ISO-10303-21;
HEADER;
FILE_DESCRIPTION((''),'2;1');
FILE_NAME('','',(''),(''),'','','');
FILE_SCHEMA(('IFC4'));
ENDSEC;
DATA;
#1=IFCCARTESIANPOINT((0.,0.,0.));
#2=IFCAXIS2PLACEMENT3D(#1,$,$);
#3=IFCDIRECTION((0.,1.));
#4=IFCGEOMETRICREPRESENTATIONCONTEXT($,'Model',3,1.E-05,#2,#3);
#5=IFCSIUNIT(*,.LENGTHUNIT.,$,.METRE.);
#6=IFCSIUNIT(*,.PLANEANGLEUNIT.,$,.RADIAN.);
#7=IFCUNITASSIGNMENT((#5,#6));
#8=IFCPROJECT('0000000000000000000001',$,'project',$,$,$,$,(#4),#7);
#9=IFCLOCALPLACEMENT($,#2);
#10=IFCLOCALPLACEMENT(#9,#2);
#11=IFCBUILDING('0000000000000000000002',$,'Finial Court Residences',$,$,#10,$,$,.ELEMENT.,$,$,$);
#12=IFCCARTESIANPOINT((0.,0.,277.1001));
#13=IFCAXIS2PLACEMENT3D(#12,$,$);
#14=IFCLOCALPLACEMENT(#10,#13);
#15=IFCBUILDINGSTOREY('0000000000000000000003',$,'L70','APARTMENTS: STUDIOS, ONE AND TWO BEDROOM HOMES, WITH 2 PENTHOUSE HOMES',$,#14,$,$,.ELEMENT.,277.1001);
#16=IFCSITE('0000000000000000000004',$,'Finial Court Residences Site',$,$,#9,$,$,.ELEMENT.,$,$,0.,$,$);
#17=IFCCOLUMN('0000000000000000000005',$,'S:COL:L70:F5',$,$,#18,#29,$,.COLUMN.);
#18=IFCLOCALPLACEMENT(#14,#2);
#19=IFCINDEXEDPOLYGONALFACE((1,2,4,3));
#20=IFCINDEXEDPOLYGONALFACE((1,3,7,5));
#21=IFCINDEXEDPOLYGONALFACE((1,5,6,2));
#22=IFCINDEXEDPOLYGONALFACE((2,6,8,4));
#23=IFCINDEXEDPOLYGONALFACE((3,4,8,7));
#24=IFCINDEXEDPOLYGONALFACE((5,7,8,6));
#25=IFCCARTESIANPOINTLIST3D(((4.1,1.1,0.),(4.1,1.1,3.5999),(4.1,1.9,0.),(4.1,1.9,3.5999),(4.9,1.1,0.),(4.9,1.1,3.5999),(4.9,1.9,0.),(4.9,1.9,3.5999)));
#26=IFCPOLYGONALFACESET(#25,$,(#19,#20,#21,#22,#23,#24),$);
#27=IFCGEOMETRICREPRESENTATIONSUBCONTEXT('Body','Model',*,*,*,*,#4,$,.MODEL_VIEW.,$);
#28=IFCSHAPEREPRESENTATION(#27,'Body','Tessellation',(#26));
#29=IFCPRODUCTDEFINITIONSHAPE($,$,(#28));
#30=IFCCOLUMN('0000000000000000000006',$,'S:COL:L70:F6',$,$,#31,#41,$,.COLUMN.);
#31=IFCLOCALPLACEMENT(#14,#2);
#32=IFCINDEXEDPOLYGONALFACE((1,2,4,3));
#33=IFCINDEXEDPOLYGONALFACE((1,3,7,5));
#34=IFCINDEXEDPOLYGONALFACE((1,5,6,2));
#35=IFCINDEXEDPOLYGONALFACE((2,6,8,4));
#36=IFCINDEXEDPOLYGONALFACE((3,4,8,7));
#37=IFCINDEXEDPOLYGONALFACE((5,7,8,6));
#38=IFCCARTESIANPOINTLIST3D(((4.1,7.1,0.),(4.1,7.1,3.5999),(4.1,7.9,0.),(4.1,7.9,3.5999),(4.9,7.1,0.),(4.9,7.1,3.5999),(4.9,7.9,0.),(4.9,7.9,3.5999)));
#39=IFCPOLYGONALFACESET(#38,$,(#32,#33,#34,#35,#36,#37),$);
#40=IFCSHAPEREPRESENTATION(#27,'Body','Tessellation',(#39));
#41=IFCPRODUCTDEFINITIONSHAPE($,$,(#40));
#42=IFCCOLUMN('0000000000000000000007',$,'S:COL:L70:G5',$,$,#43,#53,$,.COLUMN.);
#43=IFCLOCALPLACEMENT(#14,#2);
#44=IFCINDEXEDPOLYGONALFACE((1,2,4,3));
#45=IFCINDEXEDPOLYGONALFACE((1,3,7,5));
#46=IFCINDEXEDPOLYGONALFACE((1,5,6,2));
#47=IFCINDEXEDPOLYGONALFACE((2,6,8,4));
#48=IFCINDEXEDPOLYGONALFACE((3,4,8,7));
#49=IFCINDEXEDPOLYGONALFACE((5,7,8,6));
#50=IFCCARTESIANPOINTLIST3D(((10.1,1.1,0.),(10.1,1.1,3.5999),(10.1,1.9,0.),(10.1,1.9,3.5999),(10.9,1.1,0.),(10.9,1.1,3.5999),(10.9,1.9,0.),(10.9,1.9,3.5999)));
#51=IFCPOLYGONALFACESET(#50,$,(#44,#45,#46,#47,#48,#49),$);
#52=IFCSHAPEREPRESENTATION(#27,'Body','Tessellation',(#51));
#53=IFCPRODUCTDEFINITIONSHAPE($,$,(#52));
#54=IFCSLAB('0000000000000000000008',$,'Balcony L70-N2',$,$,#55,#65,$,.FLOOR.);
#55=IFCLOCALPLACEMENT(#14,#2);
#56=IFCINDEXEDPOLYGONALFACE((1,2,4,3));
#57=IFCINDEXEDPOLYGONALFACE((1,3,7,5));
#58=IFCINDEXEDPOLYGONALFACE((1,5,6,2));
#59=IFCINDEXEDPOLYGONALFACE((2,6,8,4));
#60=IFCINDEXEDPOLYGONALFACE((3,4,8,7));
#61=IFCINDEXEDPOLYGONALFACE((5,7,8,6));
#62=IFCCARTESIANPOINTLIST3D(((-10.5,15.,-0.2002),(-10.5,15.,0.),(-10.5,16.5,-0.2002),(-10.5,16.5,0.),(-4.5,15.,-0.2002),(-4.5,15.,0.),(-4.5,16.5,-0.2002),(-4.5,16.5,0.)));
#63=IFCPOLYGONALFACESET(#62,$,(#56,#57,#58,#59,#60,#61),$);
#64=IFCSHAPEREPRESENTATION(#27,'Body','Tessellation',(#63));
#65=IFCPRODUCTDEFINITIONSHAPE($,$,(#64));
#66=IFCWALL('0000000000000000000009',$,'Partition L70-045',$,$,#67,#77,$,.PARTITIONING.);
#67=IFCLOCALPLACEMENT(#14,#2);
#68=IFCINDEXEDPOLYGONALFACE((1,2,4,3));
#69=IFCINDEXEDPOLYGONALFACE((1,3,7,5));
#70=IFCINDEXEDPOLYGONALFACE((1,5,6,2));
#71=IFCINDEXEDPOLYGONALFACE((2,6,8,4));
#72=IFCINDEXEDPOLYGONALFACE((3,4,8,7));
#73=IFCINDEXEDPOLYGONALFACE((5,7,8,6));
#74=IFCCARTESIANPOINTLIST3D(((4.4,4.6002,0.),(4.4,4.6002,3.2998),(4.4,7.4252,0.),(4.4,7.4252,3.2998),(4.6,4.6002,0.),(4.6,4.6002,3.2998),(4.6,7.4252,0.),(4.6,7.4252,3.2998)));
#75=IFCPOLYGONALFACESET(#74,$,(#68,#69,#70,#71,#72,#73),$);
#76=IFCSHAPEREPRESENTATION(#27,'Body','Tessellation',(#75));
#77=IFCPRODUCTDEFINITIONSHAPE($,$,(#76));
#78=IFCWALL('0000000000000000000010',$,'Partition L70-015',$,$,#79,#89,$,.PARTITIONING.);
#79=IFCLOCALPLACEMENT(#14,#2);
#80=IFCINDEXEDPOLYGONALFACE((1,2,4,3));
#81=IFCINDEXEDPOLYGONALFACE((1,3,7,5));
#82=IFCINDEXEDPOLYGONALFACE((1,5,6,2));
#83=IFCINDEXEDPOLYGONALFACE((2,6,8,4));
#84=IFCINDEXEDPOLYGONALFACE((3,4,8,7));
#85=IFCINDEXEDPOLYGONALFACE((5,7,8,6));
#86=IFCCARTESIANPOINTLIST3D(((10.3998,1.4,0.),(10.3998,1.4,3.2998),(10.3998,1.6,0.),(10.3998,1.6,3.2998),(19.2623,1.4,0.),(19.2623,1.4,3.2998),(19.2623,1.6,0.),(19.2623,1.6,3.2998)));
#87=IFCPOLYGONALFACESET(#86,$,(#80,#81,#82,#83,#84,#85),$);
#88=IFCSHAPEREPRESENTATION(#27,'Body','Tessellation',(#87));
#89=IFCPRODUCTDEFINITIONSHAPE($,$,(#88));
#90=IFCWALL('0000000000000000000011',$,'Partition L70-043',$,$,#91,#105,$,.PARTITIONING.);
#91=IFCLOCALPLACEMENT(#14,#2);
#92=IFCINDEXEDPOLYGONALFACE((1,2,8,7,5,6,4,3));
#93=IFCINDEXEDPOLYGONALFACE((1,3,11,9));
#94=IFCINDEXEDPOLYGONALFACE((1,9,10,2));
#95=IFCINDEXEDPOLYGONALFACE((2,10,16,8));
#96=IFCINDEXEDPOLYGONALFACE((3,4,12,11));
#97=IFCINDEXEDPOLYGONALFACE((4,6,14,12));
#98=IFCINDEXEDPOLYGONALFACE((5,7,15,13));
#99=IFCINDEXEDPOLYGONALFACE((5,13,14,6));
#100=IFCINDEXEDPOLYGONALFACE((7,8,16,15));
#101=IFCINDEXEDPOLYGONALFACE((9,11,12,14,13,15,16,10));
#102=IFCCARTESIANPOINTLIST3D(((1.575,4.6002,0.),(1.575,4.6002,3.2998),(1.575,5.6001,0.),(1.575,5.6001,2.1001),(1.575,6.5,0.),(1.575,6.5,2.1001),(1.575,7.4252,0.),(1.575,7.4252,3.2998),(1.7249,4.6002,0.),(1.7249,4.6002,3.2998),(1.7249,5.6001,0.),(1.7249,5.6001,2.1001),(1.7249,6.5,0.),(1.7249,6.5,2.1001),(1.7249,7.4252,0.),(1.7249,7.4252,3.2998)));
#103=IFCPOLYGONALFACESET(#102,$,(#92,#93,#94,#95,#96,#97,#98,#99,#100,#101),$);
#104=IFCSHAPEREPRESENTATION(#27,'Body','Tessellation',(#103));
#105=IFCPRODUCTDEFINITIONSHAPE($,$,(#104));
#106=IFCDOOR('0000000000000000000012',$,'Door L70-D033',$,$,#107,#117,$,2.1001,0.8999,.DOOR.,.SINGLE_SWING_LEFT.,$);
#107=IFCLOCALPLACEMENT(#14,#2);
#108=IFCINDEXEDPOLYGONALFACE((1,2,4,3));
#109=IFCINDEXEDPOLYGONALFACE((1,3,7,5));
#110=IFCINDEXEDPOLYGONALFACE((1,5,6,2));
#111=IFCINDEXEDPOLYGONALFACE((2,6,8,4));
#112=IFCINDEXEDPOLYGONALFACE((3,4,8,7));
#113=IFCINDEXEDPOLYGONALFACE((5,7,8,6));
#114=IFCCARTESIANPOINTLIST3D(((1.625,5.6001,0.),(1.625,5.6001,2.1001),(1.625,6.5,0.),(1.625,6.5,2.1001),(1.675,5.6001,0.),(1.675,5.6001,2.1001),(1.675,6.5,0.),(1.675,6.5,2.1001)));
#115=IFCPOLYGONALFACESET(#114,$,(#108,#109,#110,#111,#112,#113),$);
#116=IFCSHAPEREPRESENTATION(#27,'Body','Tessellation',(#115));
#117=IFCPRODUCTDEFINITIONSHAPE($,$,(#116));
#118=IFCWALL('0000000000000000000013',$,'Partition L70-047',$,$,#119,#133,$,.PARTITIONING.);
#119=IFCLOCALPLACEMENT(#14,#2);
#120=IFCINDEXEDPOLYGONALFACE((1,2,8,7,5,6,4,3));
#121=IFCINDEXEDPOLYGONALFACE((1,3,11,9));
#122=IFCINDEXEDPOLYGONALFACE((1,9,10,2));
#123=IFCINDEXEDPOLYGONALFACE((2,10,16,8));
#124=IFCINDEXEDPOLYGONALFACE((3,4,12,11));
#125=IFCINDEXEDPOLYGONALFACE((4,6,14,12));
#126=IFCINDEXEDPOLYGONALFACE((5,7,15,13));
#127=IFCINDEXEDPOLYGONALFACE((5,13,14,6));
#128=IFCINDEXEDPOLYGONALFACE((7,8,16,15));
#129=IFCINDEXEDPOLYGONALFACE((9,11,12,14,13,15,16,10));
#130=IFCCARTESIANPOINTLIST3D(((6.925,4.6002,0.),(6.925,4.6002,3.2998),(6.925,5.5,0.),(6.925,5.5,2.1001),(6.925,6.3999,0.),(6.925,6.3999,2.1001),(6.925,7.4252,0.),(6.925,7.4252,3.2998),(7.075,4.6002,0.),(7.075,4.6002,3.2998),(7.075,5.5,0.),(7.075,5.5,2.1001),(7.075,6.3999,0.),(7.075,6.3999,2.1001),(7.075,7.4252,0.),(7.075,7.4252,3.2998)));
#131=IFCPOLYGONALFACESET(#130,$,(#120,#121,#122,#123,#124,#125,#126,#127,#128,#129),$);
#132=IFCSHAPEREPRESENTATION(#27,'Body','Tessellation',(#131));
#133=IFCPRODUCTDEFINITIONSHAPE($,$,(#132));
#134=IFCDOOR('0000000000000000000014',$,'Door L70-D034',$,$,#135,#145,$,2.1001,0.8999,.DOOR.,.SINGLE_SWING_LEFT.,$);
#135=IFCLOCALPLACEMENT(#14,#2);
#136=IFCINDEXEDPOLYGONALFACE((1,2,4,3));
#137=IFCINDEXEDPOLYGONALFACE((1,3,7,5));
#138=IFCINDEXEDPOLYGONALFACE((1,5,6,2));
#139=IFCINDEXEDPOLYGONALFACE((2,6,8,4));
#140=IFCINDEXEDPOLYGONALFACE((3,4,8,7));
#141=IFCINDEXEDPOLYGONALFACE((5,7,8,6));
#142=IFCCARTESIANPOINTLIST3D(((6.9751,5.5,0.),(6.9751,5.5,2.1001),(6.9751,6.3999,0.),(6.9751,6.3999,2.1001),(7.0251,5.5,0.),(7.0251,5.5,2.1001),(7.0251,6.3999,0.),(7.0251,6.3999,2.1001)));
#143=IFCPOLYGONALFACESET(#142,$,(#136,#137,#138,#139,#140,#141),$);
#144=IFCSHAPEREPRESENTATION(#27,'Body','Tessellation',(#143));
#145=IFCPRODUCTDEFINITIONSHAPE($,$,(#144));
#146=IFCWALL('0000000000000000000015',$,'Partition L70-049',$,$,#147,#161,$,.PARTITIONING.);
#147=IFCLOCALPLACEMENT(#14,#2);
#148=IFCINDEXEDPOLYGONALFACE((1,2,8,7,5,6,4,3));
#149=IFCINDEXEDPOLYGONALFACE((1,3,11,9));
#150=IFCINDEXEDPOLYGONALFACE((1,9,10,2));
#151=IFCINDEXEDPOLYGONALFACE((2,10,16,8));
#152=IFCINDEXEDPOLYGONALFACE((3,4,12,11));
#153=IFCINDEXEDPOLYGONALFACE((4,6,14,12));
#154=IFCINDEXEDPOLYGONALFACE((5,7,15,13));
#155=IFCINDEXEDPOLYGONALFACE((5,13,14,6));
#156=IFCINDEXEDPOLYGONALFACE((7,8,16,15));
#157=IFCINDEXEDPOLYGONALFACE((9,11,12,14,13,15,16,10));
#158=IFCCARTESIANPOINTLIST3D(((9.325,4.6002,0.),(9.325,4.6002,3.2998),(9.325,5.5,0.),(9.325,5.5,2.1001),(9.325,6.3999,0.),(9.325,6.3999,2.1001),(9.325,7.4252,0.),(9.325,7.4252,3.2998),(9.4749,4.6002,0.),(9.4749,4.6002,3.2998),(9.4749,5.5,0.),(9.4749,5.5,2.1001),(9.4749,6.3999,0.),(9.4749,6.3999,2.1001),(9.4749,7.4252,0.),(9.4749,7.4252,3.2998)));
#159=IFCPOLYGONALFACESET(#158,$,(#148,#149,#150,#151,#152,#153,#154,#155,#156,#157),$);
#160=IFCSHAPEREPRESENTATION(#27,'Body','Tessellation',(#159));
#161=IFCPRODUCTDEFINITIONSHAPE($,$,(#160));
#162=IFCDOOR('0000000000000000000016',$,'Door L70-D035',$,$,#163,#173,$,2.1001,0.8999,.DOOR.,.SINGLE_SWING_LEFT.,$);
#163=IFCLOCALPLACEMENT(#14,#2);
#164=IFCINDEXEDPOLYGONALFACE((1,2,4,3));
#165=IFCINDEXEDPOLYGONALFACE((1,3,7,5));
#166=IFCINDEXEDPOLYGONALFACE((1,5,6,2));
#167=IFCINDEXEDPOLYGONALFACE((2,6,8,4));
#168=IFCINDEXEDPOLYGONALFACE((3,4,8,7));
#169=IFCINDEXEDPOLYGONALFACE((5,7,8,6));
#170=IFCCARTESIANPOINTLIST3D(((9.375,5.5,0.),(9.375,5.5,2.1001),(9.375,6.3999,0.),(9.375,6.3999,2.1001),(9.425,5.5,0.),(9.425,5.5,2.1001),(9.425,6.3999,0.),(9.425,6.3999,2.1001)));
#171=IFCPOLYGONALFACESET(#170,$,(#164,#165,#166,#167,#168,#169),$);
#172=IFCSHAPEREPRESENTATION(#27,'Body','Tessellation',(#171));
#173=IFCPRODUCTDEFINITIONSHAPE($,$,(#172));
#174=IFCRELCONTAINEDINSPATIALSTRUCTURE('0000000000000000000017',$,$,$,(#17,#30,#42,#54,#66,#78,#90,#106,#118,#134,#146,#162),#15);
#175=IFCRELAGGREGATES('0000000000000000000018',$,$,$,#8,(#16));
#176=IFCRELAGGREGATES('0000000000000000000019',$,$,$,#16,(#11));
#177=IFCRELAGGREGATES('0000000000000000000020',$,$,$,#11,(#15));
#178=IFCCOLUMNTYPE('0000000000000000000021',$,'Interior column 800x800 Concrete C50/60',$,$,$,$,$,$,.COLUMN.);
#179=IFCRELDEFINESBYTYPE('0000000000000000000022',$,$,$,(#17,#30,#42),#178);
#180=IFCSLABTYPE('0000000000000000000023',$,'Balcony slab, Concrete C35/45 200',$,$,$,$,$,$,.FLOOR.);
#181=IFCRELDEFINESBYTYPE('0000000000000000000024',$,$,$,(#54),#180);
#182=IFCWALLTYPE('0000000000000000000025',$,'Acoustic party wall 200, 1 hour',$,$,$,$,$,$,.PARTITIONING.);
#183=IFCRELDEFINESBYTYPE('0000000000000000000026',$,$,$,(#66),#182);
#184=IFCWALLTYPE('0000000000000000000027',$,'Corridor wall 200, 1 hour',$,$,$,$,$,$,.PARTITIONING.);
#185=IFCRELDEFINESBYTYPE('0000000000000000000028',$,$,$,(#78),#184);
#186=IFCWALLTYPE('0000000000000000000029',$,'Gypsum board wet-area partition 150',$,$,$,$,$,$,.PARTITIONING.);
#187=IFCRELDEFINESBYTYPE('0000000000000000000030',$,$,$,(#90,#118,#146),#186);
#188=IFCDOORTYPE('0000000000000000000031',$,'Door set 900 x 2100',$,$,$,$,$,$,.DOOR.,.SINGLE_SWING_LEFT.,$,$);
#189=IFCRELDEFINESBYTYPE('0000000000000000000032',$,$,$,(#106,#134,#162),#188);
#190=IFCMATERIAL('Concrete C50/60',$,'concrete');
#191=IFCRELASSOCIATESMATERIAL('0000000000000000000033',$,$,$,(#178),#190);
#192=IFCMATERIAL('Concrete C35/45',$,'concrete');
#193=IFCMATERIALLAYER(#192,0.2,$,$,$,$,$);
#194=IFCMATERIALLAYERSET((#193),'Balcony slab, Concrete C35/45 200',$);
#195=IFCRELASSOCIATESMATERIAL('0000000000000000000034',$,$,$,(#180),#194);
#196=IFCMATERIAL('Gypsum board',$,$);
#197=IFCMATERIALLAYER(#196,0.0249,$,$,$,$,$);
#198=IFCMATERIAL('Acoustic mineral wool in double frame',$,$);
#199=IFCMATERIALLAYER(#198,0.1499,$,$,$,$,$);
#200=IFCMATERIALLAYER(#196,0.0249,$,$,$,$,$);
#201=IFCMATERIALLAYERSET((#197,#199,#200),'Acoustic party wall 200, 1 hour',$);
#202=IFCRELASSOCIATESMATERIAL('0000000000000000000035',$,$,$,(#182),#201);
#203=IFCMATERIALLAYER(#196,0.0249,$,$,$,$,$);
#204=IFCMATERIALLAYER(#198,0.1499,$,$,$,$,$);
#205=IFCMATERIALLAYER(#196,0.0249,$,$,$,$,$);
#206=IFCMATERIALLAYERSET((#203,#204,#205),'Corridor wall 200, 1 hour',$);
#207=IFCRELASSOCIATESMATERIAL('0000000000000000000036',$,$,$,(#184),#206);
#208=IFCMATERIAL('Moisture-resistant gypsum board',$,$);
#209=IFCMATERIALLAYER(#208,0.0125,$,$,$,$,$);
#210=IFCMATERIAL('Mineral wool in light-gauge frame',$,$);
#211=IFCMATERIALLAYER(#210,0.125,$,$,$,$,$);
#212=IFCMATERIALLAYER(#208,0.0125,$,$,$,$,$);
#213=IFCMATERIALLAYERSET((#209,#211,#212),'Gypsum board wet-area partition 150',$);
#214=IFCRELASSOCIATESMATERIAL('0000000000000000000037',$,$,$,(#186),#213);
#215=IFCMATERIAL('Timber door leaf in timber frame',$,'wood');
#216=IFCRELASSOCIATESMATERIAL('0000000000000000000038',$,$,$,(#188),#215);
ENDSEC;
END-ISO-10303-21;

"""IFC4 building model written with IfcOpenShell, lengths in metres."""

from ifc_helpers import new_model, si_unit, direction, frame, frame_2d, origin, origin_2d, place, context, subcontext, project, spatial, polyline, rectangle, outline, extrude, material, layer, layer_set, material_profile, profile_set, type_object, element, fill, save


model = new_model("IFC4")

# Units and contexts
model_context = context("Model", 3, precision=1e-05, world=origin(), true_north=direction((0.0, 1.0)))
body_context = subcontext(model_context, "Body", "Model", "MODEL_VIEW")
ifc_project = project(units=[si_unit("LENGTHUNIT", "METRE"), si_unit("PLANEANGLEUNIT", "RADIAN")], contexts=[model_context])

# Site, building, storey
site_placement = place(None, origin())
site = spatial("IfcSite", under=ifc_project, at=site_placement, Name="Finial Court Residences Site", CompositionType="ELEMENT", RefElevation=0.0)
building_placement = place(site_placement, origin())
building = spatial("IfcBuilding", under=site, at=building_placement, Name="Finial Court Residences", CompositionType="ELEMENT")
storey_placement = place(building_placement, frame((0.0, 0.0, 277.1001)))
storey = spatial("IfcBuildingStorey", under=building, at=storey_placement, Name="L70", Description="APARTMENTS: STUDIOS, ONE AND TWO BEDROOM HOMES, WITH 2 PENTHOUSE HOMES", CompositionType="ELEMENT", Elevation=277.1001)

# Columns
ifc_material_1 = material(Name="Concrete C50/60", Category="concrete")
ifc_material_profile = material_profile(ifc_material_1, rectangle(XDim=0.8, YDim=0.8, at=origin_2d()), Name="800x800")
ifc_profile_set = profile_set([ifc_material_profile], Name="Concrete C50/60")
column_type = type_object("IfcColumnType", Name="Interior column 800x800 Concrete C50/60", PredefinedType="COLUMN", material=ifc_profile_set)
for number, where, z_axis, x_axis, name in (
    (1, (4.5, 1.5, 0.0), (0.0, 0.0, 1.0), (1.0, 0.0, 0.0), "S:COL:L70:F5"),
    (2, (4.5, 7.5, 0.0), (0.0, 0.0, 1.0), (1.0, 0.0, 0.0), "S:COL:L70:F6"),
    (3, (10.5, 1.5, 0.0), (0.0, 0.0, 1.0), (1.0, 0.0, 0.0), "S:COL:L70:G5"),
):
    element("IfcColumn", number, at=place(storey_placement, frame(where, z_axis=z_axis, x_axis=x_axis)), inside=storey, type_object=column_type, Name=name, PredefinedType="COLUMN", context=body_context, shape_type="SweptSolid", body=[
        extrude(rectangle(XDim=0.8, YDim=0.8, at=origin_2d()), origin(), (0.0, 0.0, 1.0), 3.5999),
    ])

# Slab
ifc_material_2 = material(Name="Concrete C35/45", Category="concrete")
ifc_layer_1 = layer(ifc_material_2, 0.2)
ifc_layer_set_1 = layer_set([ifc_layer_1], Name="Balcony slab, Concrete C35/45 200")
slab_type = type_object("IfcSlabType", Name="Balcony slab, Concrete C35/45 200", PredefinedType="FLOOR", material=ifc_layer_set_1)
slab_placement = place(storey_placement, frame((0.0, 0.0, -0.2002)))
element("IfcSlab", 4, at=slab_placement, inside=storey, type_object=slab_type, Name="Balcony L70-N2", PredefinedType="FLOOR", context=body_context, shape_type="SweptSolid", body=[
    extrude(outline(polyline([(-4.5, 15.0), (-4.5, 16.5), (-10.5, 16.5), (-10.5, 15.0), (-4.5, 15.0)])), origin(), (0.0, 0.0, 1.0), 0.2002),
])

# Walls
ifc_material_3 = material(Name="Gypsum board")
ifc_layer_2 = layer(ifc_material_3, 0.0249)
ifc_material_4 = material(Name="Acoustic mineral wool in double frame")
ifc_layer_3 = layer(ifc_material_4, 0.1499)
ifc_layer_4 = layer(ifc_material_3, 0.0249)
ifc_layer_set_2 = layer_set([ifc_layer_2, ifc_layer_3, ifc_layer_4], Name="Acoustic party wall 200, 1 hour")
wall_type_1 = type_object("IfcWallType", Name="Acoustic party wall 200, 1 hour", PredefinedType="PARTITIONING", material=ifc_layer_set_2)
wall_1_placement = place(storey_placement, frame((4.5, 4.6001, 0.0), z_axis=(0.0, 0.0, 1.0), x_axis=(0.0, 1.0, 0.0)))
element("IfcWall", 5, at=wall_1_placement, inside=storey, type_object=wall_type_1, Name="Partition L70-045", PredefinedType="PARTITIONING", context=body_context, shape_type="SweptSolid", body=[
    extrude(rectangle(XDim=2.825, YDim=0.2, at=frame_2d((1.4126, 0.0))), origin(), (0.0, 0.0, 1.0), 3.2998),
])
ifc_layer_5 = layer(ifc_material_3, 0.0249)
ifc_layer_6 = layer(ifc_material_4, 0.1499)
ifc_layer_7 = layer(ifc_material_3, 0.0249)
ifc_layer_set_3 = layer_set([ifc_layer_5, ifc_layer_6, ifc_layer_7], Name="Corridor wall 200, 1 hour")
wall_type_2 = type_object("IfcWallType", Name="Corridor wall 200, 1 hour", PredefinedType="PARTITIONING", material=ifc_layer_set_3)
wall_2_placement = place(storey_placement, frame((10.3999, 1.5, 0.0), z_axis=(0.0, 0.0, 1.0), x_axis=(1.0, 0.0, 0.0)))
element("IfcWall", 6, at=wall_2_placement, inside=storey, type_object=wall_type_2, Name="Partition L70-015", PredefinedType="PARTITIONING", context=body_context, shape_type="SweptSolid", body=[
    extrude(rectangle(XDim=8.8625, YDim=0.2, at=frame_2d((4.4312, 0.0))), origin(), (0.0, 0.0, 1.0), 3.2998),
])

# Walls, openings, doors
ifc_material_5 = material(Name="Moisture-resistant gypsum board")
ifc_layer_8 = layer(ifc_material_5, 0.0125)
ifc_material_6 = material(Name="Mineral wool in light-gauge frame")
ifc_layer_9 = layer(ifc_material_6, 0.125)
ifc_layer_10 = layer(ifc_material_5, 0.0125)
ifc_layer_set_4 = layer_set([ifc_layer_8, ifc_layer_9, ifc_layer_10], Name="Gypsum board wet-area partition 150")
wall_type_3 = type_object("IfcWallType", Name="Gypsum board wet-area partition 150", PredefinedType="PARTITIONING", material=ifc_layer_set_4)
wall_3_placement = place(storey_placement, frame((1.6499, 4.6001, 0.0), z_axis=(0.0, 0.0, 1.0), x_axis=(0.0, 1.0, 0.0)))
wall_3 = element("IfcWall", 7, at=wall_3_placement, inside=storey, type_object=wall_type_3, Name="Partition L70-043", PredefinedType="PARTITIONING", context=body_context, shape_type="SweptSolid", body=[
    extrude(rectangle(XDim=2.825, YDim=0.1499, at=frame_2d((1.4126, 0.0))), origin(), (0.0, 0.0, 1.0), 3.2998),
])
opening_1_placement = place(wall_3_placement, frame((1.0, 0.0, 0.0)))
opening_1 = element("IfcOpeningElement", 8, at=opening_1_placement, cuts=wall_3, PredefinedType="OPENING", context=body_context, shape_type="SweptSolid", body=[
    extrude(rectangle(XDim=0.8999, YDim=2.1001, at=frame_2d((0.45, 1.05))), frame((0.0, 0.085, 0.0), z_axis=(0.0, -1.0, 0.0), x_axis=(1.0, 0.0, 0.0)), (0.0, 0.0, 1.0), 0.1699),
])
ifc_material_7 = material(Name="Timber door leaf in timber frame", Category="wood")
door_type = type_object("IfcDoorType", Name="Door set 900 x 2100", OperationType="SINGLE_SWING_LEFT", PredefinedType="DOOR", material=ifc_material_7)
door_1_placement = place(opening_1_placement, origin())
door_1 = element("IfcDoor", 9, at=door_1_placement, inside=storey, type_object=door_type, Name="Door L70-D033", OperationType="SINGLE_SWING_LEFT", OverallHeight=2.1001, OverallWidth=0.8999, PredefinedType="DOOR", context=body_context, shape_type="SweptSolid", body=[
    extrude(rectangle(XDim=0.8999, YDim=2.1001, at=frame_2d((0.45, 1.05))), frame((0.0, 0.0249, 0.0), z_axis=(0.0, -1.0, 0.0), x_axis=(1.0, 0.0, 0.0)), (0.0, 0.0, 1.0), 0.05),
])
fill(opening_1, door_1)
wall_4_placement = place(storey_placement, frame((7.0, 4.6001, 0.0), z_axis=(0.0, 0.0, 1.0), x_axis=(0.0, 1.0, 0.0)))
wall_4 = element("IfcWall", 10, at=wall_4_placement, inside=storey, type_object=wall_type_3, Name="Partition L70-047", PredefinedType="PARTITIONING", context=body_context, shape_type="SweptSolid", body=[
    extrude(rectangle(XDim=2.825, YDim=0.1499, at=frame_2d((1.4126, 0.0))), origin(), (0.0, 0.0, 1.0), 3.2998),
])
opening_2_placement = place(wall_4_placement, frame((0.8999, 0.0, 0.0)))
opening_2 = element("IfcOpeningElement", 11, at=opening_2_placement, cuts=wall_4, PredefinedType="OPENING", context=body_context, shape_type="SweptSolid", body=[
    extrude(rectangle(XDim=0.8999, YDim=2.1001, at=frame_2d((0.45, 1.05))), frame((0.0, 0.085, 0.0), z_axis=(0.0, -1.0, 0.0), x_axis=(1.0, 0.0, 0.0)), (0.0, 0.0, 1.0), 0.1699),
])
door_2_placement = place(opening_2_placement, origin())
door_2 = element("IfcDoor", 12, at=door_2_placement, inside=storey, type_object=door_type, Name="Door L70-D034", OperationType="SINGLE_SWING_LEFT", OverallHeight=2.1001, OverallWidth=0.8999, PredefinedType="DOOR", context=body_context, shape_type="SweptSolid", body=[
    extrude(rectangle(XDim=0.8999, YDim=2.1001, at=frame_2d((0.45, 1.05))), frame((0.0, 0.0249, 0.0), z_axis=(0.0, -1.0, 0.0), x_axis=(1.0, 0.0, 0.0)), (0.0, 0.0, 1.0), 0.05),
])
fill(opening_2, door_2)
wall_5_placement = place(storey_placement, frame((9.3999, 4.6001, 0.0), z_axis=(0.0, 0.0, 1.0), x_axis=(0.0, 1.0, 0.0)))
wall_5 = element("IfcWall", 13, at=wall_5_placement, inside=storey, type_object=wall_type_3, Name="Partition L70-049", PredefinedType="PARTITIONING", context=body_context, shape_type="SweptSolid", body=[
    extrude(rectangle(XDim=2.825, YDim=0.1499, at=frame_2d((1.4126, 0.0))), origin(), (0.0, 0.0, 1.0), 3.2998),
])
opening_3_placement = place(wall_5_placement, frame((0.8999, 0.0, 0.0)))
opening_3 = element("IfcOpeningElement", 14, at=opening_3_placement, cuts=wall_5, PredefinedType="OPENING", context=body_context, shape_type="SweptSolid", body=[
    extrude(rectangle(XDim=0.8999, YDim=2.1001, at=frame_2d((0.45, 1.05))), frame((0.0, 0.085, 0.0), z_axis=(0.0, -1.0, 0.0), x_axis=(1.0, 0.0, 0.0)), (0.0, 0.0, 1.0), 0.1699),
])
door_3_placement = place(opening_3_placement, origin())
door_3 = element("IfcDoor", 15, at=door_3_placement, inside=storey, type_object=door_type, Name="Door L70-D035", OperationType="SINGLE_SWING_LEFT", OverallHeight=2.1001, OverallWidth=0.8999, PredefinedType="DOOR", context=body_context, shape_type="SweptSolid", body=[
    extrude(rectangle(XDim=0.8999, YDim=2.1001, at=frame_2d((0.45, 1.05))), frame((0.0, 0.0249, 0.0), z_axis=(0.0, -1.0, 0.0), x_axis=(1.0, 0.0, 0.0)), (0.0, 0.0, 1.0), 0.05),
])
fill(opening_3, door_3)

save(model, "model.ifc")
